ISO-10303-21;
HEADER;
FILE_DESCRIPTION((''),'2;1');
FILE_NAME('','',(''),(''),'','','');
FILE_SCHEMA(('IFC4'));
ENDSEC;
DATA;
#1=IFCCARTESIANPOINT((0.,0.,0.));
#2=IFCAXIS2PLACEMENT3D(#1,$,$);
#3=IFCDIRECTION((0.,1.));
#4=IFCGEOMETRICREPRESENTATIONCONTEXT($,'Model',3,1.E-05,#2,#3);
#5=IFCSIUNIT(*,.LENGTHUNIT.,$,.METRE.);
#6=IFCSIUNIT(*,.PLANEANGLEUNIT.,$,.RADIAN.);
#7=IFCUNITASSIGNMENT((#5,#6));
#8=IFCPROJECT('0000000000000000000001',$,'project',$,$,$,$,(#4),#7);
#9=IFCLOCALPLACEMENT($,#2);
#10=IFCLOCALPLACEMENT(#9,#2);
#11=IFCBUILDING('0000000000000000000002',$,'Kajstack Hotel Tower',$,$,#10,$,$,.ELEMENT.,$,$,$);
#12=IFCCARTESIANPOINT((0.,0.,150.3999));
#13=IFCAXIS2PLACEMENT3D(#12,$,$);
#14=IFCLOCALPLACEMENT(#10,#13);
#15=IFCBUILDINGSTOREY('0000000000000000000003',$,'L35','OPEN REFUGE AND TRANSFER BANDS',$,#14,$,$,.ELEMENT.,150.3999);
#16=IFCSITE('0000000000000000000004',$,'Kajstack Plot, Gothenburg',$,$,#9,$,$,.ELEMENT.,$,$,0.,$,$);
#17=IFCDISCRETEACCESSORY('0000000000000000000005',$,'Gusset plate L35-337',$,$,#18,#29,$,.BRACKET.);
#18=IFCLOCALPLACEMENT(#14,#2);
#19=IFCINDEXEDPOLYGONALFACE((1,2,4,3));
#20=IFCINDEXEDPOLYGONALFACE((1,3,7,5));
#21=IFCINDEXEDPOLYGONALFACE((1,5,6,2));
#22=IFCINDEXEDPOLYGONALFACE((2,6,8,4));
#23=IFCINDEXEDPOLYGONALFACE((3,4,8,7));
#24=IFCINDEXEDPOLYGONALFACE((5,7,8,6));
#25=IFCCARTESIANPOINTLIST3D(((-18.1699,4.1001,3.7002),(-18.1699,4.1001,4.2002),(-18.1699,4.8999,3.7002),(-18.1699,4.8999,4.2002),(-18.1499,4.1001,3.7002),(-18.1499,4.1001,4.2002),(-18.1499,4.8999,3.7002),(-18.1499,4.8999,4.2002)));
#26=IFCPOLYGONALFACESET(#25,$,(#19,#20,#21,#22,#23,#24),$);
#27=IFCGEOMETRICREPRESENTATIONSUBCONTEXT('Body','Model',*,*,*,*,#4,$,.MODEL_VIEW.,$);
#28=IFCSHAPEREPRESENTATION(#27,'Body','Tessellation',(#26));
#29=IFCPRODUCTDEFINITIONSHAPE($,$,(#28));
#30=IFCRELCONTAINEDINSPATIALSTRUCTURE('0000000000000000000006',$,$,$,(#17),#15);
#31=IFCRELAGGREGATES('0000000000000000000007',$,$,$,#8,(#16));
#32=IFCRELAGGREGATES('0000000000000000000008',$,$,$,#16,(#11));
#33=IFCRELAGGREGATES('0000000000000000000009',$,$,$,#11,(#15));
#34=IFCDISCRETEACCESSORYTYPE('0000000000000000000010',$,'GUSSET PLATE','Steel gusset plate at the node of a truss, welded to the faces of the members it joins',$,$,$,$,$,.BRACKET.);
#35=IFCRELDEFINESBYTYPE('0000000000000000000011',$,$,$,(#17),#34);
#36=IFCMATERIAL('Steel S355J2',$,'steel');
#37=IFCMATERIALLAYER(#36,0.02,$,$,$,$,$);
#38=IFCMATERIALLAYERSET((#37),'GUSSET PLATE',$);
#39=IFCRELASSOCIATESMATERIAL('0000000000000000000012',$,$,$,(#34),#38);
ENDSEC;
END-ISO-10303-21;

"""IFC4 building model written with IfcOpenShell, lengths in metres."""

from ifc_helpers import new_model, si_unit, direction, frame, origin, place, context, subcontext, project, spatial, polyline, outline, extrude, material, layer, layer_set, type_object, element, save


model = new_model("IFC4")

# Units and contexts
model_context = context("Model", 3, precision=1e-05, world=origin(), true_north=direction((0.0, 1.0)))
body_context = subcontext(model_context, "Body", "Model", "MODEL_VIEW")
ifc_project = project(units=[si_unit("LENGTHUNIT", "METRE"), si_unit("PLANEANGLEUNIT", "RADIAN")], contexts=[model_context])

# Site, building, storey
site_placement = place(None, origin())
site = spatial("IfcSite", under=ifc_project, at=site_placement, Name="Kajstack Plot, Gothenburg", CompositionType="ELEMENT", RefElevation=0.0)
building_placement = place(site_placement, origin())
building = spatial("IfcBuilding", under=site, at=building_placement, Name="Kajstack Hotel Tower", CompositionType="ELEMENT")
storey_placement = place(building_placement, frame((0.0, 0.0, 150.3999)))
storey = spatial("IfcBuildingStorey", under=building, at=storey_placement, Name="L35", Description="OPEN REFUGE AND TRANSFER BANDS", CompositionType="ELEMENT", Elevation=150.3999)

# Shared definitions
ifc_material_1 = material(Name="Steel S355J2", Category="steel")

# Discrete accessory
ifc_layer_1 = layer(ifc_material_1, 0.02)
ifc_layer_set_1 = layer_set([ifc_layer_1], Name="GUSSET PLATE")
discrete_accessory_type_1 = type_object("IfcDiscreteAccessoryType", Name="GUSSET PLATE", Description="Steel gusset plate at the node of a truss, welded to the faces of the members it joins", PredefinedType="BRACKET", material=ifc_layer_set_1)
for number, where, z_axis, x_axis, name in (
    (1, (-18.1699, 4.5, 3.7002), (1.0, 0.0, 0.0), (0.0, 1.0, 0.0), "Gusset plate L35-337"),
):
    element("IfcDiscreteAccessory", number, at=place(storey_placement, frame(where, z_axis=z_axis, x_axis=x_axis)), inside=storey, type_object=discrete_accessory_type_1, Name=name, PredefinedType="BRACKET", context=body_context, shape_type="SweptSolid", body=[
        extrude(outline(polyline([(-0.3999, 0.0), (0.3999, 0.0), (0.3999, 0.5), (-0.3999, 0.5), (-0.3999, 0.0)])), origin(), (0.0, 0.0, 1.0), 0.02),
    ])

save(model, "model.ifc")
